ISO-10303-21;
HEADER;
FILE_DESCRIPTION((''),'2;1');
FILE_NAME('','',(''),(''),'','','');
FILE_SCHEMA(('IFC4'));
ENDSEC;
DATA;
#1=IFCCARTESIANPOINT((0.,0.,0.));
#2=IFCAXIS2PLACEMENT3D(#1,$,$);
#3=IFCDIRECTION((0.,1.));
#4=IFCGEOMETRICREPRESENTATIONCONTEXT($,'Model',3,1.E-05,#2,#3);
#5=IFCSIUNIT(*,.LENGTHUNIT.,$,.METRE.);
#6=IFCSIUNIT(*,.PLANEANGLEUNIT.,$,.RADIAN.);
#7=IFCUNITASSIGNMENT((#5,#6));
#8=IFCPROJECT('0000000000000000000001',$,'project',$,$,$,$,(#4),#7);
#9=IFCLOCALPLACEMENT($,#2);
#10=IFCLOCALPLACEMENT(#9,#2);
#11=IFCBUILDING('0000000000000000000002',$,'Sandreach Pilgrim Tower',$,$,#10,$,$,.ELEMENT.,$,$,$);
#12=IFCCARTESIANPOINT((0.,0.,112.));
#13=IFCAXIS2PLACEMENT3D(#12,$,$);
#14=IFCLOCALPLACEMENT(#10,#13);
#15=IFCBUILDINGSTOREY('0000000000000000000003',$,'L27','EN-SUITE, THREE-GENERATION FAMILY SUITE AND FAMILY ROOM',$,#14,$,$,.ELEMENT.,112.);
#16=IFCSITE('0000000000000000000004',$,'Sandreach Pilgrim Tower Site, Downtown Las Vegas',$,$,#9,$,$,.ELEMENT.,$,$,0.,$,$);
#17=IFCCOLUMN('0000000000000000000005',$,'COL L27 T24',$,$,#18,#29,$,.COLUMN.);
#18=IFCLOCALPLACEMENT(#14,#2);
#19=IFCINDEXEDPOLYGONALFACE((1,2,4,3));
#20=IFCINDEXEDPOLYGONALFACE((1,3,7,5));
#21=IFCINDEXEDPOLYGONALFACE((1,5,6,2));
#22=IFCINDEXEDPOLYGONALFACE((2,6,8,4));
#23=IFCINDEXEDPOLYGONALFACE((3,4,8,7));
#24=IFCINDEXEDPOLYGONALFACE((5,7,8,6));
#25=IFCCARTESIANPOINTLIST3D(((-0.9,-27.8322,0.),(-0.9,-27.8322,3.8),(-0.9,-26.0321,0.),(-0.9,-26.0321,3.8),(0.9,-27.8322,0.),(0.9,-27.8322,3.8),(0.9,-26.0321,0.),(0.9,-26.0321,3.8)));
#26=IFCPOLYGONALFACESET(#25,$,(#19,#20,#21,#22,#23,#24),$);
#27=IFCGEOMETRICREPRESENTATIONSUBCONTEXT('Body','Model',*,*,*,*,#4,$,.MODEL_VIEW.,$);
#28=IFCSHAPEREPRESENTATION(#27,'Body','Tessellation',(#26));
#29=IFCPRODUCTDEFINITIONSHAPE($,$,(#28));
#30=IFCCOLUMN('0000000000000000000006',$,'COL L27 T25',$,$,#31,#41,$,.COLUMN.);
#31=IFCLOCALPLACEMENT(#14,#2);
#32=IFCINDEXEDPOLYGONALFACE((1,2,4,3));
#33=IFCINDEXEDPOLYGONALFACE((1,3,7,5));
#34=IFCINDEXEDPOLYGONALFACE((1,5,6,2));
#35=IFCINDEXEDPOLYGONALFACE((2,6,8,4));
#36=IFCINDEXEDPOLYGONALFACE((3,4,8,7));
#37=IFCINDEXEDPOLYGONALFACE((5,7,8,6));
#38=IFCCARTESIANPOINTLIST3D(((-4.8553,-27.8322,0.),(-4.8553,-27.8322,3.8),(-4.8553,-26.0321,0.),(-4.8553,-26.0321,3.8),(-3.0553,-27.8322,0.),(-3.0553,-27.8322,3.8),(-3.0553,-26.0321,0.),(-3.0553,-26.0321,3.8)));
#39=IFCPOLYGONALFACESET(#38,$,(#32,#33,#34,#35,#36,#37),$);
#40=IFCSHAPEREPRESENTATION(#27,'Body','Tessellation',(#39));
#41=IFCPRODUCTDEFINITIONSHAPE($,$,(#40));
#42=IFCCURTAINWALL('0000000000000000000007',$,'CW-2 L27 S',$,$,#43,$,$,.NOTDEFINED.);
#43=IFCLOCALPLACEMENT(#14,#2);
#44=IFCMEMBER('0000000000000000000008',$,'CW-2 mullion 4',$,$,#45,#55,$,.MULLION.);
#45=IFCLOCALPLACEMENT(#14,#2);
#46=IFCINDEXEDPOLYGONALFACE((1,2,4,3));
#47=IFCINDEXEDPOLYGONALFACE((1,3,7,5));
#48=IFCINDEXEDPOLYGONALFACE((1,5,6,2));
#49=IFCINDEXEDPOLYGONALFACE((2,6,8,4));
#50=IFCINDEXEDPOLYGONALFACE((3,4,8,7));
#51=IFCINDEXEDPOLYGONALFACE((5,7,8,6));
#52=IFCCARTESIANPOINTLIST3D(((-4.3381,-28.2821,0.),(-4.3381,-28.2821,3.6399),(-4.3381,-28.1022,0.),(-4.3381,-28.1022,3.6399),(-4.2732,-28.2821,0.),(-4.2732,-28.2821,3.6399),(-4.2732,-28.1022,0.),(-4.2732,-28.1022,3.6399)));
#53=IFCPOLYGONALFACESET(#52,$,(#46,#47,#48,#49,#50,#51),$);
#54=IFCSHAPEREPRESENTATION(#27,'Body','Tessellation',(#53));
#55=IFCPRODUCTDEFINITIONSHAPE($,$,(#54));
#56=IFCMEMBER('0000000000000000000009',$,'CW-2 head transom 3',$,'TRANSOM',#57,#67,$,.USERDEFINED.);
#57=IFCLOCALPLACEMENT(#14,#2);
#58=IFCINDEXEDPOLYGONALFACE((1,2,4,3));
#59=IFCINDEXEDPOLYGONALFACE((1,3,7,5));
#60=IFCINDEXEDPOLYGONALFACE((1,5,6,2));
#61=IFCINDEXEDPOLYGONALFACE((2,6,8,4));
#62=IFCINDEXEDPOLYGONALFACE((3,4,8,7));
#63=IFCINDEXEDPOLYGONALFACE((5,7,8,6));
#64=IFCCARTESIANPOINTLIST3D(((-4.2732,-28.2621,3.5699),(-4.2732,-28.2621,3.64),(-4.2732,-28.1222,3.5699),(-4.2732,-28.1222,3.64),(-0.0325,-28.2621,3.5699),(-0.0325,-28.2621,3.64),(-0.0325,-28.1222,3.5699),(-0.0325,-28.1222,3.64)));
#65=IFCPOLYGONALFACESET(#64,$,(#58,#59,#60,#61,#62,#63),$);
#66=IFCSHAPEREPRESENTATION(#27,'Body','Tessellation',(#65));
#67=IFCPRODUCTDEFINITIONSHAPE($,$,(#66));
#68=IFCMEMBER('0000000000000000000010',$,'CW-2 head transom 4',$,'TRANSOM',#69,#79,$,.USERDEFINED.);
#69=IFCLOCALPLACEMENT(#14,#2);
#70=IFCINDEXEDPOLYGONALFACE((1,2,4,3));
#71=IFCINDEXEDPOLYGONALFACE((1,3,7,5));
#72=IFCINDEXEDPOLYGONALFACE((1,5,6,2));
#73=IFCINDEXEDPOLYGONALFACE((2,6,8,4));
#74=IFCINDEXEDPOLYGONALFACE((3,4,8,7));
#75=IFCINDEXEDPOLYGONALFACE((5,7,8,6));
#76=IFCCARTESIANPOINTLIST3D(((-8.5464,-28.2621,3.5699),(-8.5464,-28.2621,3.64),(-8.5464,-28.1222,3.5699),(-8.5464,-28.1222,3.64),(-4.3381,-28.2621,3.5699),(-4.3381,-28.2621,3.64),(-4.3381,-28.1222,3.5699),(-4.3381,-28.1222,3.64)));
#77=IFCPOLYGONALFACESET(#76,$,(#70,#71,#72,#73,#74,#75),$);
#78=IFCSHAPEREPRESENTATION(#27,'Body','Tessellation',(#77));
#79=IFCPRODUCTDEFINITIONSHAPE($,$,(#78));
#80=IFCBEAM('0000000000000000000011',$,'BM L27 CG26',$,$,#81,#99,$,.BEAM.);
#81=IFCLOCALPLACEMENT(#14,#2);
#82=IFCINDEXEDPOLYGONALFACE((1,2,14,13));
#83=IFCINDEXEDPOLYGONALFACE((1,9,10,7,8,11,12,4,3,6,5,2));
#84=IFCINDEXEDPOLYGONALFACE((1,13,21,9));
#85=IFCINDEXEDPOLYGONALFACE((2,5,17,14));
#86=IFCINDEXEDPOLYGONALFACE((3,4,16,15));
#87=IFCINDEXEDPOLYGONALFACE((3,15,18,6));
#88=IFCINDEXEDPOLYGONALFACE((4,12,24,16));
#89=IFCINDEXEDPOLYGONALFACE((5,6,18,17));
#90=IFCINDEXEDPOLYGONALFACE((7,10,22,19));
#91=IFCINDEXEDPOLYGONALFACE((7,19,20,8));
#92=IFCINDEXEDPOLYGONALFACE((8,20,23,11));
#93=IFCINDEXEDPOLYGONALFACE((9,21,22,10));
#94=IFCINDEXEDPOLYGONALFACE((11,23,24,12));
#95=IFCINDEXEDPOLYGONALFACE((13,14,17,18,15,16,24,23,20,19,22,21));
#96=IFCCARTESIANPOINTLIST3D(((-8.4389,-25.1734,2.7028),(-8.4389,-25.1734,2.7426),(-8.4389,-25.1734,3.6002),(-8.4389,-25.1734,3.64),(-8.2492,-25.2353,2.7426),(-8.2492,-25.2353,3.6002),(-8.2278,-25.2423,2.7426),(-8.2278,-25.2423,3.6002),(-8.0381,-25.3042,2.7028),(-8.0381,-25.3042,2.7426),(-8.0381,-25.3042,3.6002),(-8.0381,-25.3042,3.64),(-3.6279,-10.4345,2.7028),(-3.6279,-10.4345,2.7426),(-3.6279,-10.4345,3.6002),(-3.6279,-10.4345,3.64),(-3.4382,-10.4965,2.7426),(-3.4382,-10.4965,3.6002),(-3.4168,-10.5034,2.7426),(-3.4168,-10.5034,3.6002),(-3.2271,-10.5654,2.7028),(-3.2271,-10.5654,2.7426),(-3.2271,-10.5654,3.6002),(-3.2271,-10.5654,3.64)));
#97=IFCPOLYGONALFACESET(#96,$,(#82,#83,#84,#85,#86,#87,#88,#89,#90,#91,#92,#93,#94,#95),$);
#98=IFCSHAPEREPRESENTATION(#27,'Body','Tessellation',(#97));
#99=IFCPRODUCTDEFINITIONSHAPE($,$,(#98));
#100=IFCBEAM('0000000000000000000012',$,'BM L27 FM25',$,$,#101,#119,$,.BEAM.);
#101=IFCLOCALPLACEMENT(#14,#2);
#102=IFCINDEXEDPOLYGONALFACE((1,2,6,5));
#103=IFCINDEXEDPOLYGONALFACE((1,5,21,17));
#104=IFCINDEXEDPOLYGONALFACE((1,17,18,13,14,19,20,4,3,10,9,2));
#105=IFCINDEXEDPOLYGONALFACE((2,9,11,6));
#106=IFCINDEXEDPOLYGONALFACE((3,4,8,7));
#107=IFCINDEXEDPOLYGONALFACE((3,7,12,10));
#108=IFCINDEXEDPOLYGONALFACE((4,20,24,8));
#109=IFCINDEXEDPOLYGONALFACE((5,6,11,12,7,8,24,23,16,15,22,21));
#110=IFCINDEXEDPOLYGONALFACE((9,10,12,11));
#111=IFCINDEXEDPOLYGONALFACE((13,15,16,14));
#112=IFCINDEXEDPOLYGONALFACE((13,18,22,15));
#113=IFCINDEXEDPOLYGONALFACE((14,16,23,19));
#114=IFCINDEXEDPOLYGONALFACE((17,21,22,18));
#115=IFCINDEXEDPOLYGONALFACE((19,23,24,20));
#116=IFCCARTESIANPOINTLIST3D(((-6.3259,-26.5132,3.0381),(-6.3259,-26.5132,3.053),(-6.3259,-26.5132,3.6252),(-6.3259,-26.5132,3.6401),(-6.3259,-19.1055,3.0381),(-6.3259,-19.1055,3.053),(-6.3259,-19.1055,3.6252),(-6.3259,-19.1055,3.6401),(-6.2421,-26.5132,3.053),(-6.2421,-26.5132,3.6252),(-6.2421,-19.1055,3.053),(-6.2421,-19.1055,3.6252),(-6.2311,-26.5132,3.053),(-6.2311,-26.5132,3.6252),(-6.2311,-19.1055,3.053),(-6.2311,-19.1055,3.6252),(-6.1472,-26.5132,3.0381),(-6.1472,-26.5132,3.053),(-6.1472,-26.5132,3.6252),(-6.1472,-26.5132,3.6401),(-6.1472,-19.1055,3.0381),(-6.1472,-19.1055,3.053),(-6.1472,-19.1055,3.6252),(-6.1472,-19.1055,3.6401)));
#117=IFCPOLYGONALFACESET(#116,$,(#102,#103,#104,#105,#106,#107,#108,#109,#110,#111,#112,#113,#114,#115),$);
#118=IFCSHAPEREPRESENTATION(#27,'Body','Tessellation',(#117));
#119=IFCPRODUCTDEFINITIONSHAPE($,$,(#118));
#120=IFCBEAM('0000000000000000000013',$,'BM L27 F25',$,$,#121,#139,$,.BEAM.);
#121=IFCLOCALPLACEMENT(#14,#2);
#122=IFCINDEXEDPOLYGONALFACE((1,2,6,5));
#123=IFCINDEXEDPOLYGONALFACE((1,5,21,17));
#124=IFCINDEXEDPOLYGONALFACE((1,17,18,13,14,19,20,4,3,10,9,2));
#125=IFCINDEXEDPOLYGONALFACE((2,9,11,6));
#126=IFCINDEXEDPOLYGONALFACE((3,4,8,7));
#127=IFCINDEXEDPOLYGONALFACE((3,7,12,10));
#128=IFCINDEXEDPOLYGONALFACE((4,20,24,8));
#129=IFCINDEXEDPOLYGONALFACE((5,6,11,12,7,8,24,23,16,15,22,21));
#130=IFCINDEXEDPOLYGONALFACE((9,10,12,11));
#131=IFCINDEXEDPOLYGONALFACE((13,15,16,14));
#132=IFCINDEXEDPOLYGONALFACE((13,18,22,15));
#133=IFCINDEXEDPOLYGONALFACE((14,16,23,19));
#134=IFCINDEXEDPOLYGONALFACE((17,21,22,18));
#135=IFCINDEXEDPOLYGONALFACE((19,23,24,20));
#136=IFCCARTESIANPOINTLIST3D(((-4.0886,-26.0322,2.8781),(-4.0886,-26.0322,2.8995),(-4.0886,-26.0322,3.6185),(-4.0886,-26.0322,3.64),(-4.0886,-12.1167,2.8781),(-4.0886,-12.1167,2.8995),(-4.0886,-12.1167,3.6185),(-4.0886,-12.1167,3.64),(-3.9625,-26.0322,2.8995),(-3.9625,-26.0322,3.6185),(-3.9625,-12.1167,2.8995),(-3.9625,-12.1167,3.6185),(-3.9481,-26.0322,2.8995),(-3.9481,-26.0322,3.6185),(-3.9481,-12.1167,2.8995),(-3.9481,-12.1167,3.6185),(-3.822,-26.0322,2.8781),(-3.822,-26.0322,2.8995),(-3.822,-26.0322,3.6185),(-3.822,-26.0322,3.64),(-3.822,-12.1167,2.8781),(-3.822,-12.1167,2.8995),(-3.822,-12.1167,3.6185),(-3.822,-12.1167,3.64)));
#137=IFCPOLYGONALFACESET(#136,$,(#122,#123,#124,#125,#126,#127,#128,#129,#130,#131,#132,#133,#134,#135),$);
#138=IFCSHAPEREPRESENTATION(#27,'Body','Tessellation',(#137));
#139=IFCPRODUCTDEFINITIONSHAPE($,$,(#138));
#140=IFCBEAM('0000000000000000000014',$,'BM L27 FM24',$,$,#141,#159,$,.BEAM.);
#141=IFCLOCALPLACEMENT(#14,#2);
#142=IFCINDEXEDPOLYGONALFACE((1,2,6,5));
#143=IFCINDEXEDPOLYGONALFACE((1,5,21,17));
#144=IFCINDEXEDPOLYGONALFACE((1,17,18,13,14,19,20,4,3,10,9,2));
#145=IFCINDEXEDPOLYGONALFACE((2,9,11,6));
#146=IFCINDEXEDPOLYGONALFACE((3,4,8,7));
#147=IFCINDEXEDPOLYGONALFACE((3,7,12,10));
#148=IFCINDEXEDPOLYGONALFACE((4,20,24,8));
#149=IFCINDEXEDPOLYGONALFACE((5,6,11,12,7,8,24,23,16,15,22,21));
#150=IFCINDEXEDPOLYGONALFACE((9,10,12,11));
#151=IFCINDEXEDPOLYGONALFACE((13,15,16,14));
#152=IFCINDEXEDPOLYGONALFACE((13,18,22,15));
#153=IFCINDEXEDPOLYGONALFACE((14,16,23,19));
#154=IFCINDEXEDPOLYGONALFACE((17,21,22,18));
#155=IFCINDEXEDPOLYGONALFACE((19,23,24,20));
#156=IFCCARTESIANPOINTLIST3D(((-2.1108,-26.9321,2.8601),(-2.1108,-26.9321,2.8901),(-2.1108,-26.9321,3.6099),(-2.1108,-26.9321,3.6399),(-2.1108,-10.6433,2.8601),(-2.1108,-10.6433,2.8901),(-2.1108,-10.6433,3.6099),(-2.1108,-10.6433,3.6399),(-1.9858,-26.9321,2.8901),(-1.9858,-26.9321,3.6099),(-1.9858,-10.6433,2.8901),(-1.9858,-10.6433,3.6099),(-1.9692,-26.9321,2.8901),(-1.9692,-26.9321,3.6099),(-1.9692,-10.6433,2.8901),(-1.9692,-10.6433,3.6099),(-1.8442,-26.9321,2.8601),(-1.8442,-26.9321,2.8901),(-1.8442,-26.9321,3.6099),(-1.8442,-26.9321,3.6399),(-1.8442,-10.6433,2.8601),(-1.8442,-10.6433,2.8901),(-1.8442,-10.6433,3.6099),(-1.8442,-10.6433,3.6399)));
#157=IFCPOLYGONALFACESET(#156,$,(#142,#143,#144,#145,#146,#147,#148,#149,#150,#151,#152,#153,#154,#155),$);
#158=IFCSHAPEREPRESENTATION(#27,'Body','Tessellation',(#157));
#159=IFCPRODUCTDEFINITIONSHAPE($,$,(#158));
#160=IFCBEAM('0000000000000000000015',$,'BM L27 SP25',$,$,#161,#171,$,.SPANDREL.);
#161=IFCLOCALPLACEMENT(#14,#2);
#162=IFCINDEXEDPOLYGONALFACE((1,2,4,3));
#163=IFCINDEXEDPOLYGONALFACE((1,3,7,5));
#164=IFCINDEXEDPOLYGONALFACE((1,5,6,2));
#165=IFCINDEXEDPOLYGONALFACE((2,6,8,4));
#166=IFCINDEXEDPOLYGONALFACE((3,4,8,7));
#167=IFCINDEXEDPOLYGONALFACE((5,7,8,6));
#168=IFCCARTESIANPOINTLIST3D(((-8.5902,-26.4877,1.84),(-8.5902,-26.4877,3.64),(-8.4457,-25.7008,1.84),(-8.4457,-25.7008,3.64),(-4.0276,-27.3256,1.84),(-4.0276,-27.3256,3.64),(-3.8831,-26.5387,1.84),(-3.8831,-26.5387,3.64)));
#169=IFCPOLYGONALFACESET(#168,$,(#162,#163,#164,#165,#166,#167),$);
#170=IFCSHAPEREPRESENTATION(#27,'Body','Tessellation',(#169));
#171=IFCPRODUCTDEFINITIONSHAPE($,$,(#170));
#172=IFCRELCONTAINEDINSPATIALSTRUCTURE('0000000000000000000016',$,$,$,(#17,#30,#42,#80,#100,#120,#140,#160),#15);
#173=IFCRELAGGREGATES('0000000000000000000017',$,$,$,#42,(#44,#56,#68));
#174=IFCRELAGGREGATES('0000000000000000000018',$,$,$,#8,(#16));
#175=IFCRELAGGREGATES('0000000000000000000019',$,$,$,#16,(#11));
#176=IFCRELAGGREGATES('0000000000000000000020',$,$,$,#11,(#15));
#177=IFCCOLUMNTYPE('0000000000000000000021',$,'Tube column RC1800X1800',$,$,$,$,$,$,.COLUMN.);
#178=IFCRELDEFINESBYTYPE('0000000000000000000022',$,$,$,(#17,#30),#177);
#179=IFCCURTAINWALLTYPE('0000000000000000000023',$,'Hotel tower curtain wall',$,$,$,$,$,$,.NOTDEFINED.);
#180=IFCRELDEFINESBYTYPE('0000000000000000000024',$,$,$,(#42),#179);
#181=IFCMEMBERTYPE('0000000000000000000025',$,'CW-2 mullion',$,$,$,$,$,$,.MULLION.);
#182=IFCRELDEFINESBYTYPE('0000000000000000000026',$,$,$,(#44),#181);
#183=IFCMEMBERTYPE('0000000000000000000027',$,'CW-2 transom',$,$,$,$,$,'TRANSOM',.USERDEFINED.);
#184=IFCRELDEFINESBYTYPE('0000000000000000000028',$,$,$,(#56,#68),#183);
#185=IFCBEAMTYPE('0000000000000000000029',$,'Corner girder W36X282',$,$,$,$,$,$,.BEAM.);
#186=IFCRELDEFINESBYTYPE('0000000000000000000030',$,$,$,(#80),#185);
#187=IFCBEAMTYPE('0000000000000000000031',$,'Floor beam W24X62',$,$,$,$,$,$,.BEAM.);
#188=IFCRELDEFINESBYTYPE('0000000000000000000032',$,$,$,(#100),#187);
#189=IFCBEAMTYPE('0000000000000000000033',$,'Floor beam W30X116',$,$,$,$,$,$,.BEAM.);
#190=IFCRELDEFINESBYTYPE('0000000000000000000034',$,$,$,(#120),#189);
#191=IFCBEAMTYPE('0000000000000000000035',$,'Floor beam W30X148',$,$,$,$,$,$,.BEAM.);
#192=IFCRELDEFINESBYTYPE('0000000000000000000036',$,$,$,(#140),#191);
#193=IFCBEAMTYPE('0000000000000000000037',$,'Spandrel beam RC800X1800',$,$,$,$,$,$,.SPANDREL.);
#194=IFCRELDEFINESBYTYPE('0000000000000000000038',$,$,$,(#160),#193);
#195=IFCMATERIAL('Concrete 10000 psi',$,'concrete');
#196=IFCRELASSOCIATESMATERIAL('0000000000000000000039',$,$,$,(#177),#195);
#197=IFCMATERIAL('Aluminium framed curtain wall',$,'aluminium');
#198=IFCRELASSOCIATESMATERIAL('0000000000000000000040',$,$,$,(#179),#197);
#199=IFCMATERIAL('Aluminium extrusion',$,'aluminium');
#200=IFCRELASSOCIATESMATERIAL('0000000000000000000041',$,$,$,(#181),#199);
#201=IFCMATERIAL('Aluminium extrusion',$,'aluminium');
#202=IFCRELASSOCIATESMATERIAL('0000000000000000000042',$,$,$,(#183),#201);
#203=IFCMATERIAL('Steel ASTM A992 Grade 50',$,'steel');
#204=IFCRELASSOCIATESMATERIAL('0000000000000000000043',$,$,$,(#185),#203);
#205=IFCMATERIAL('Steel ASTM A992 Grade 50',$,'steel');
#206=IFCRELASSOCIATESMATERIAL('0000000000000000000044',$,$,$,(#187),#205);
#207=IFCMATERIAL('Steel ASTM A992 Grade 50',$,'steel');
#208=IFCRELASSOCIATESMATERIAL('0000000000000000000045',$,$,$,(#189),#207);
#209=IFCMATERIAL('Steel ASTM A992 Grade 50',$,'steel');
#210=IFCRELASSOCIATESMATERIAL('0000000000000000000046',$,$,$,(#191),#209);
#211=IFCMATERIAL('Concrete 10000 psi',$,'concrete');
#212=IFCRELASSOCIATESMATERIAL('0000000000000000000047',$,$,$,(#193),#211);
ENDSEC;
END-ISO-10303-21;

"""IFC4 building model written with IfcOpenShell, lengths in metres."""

from ifc_helpers import new_model, si_unit, direction, frame, origin, origin_2d, place, context, subcontext, project, spatial, rectangle, i_section, extrude, material, material_profile, profile_set, type_object, element, aggregate, save


model = new_model("IFC4")

# Units and contexts
model_context = context("Model", 3, precision=1e-05, world=origin(), true_north=direction((0.0, 1.0)))
body_context = subcontext(model_context, "Body", "Model", "MODEL_VIEW")
ifc_project = project(units=[si_unit("LENGTHUNIT", "METRE"), si_unit("PLANEANGLEUNIT", "RADIAN")], contexts=[model_context])

# Site, building, storey
site_placement = place(None, origin())
site = spatial("IfcSite", under=ifc_project, at=site_placement, Name="Sandreach Pilgrim Tower Site, Downtown Las Vegas", CompositionType="ELEMENT", RefElevation=0.0)
building_placement = place(site_placement, origin())
building = spatial("IfcBuilding", under=site, at=building_placement, Name="Sandreach Pilgrim Tower", CompositionType="ELEMENT")
storey_placement = place(building_placement, frame((0.0, 0.0, 112.0)))
storey = spatial("IfcBuildingStorey", under=building, at=storey_placement, Name="L27", Description="EN-SUITE, THREE-GENERATION FAMILY SUITE AND FAMILY ROOM", CompositionType="ELEMENT", Elevation=112.0)

# Columns
ifc_material_1 = material(Name="Concrete 10000 psi", Category="concrete")
ifc_material_profile_1 = material_profile(ifc_material_1, rectangle(XDim=1.8, YDim=1.8, at=origin_2d()), Name="RC1800X1800")
ifc_profile_set_1 = profile_set([ifc_material_profile_1], Name="Concrete 10000 psi")
column_type = type_object("IfcColumnType", Name="Tube column RC1800X1800", PredefinedType="COLUMN", material=ifc_profile_set_1)
for number, where, z_axis, x_axis, name in (
    (1, (0.0, -26.9321, 0.0), (0.0, 0.0, 1.0), (0.0, -1.0, 0.0), "COL L27 T24"),
    (2, (-3.9553, -26.9321, 0.0), (0.0, 0.0, 1.0), (0.0, -1.0, 0.0), "COL L27 T25"),
):
    element("IfcColumn", number, at=place(storey_placement, frame(where, z_axis=z_axis, x_axis=x_axis)), inside=storey, type_object=column_type, Name=name, PredefinedType="COLUMN", context=body_context, shape_type="SweptSolid", body=[
        extrude(rectangle(XDim=1.8, YDim=1.8, at=origin_2d()), origin(), (0.0, 0.0, 1.0), 3.8),
    ])

# Curtain wall, members
ifc_material_2 = material(Name="Aluminium framed curtain wall", Category="aluminium")
curtain_wall_type = type_object("IfcCurtainWallType", Name="Hotel tower curtain wall", PredefinedType="NOTDEFINED", material=ifc_material_2)
curtain_wall_placement = place(storey_placement, origin())
curtain_wall = element("IfcCurtainWall", 3, at=curtain_wall_placement, inside=storey, type_object=curtain_wall_type, Name="CW-2 L27 S", PredefinedType="NOTDEFINED")
ifc_material_3 = material(Name="Aluminium extrusion", Category="aluminium")
ifc_material_profile_2 = material_profile(ifc_material_3, rectangle(XDim=0.0649, YDim=0.1799, at=origin_2d()), Name="CW-2M 65X180")
ifc_profile_set_2 = profile_set([ifc_material_profile_2], Name="Aluminium extrusion")
member_type_1 = type_object("IfcMemberType", Name="CW-2 mullion", PredefinedType="MULLION", material=ifc_profile_set_2)
member_1_placement = place(storey_placement, frame((-4.3057, -28.1921, 0.0), z_axis=(0.0, 0.0, 1.0), x_axis=(-1.0, 0.0, 0.0)))
member_1 = element("IfcMember", 4, at=member_1_placement, type_object=member_type_1, Name="CW-2 mullion 4", PredefinedType="MULLION", context=body_context, shape_type="SweptSolid", body=[
    extrude(rectangle(XDim=0.0649, YDim=0.1799, at=origin_2d()), origin(), (0.0, 0.0, 1.0), 3.6399),
])
ifc_material_4 = material(Name="Aluminium extrusion", Category="aluminium")
ifc_material_profile_3 = material_profile(ifc_material_4, rectangle(XDim=0.1399, YDim=0.0701, at=origin_2d()), Name="CW-2T 140X70")
ifc_profile_set_3 = profile_set([ifc_material_profile_3], Name="Aluminium extrusion")
member_type_2 = type_object("IfcMemberType", Name="CW-2 transom", ElementType="TRANSOM", PredefinedType="USERDEFINED", material=ifc_profile_set_3)
member_2_placement = place(storey_placement, frame((-0.0325, -28.1921, 3.605), z_axis=(-1.0, 0.0, 0.0), x_axis=(0.0, -1.0, 0.0)))
member_2 = element("IfcMember", 5, at=member_2_placement, type_object=member_type_2, Name="CW-2 head transom 3", ObjectType="TRANSOM", PredefinedType="USERDEFINED", context=body_context, shape_type="SweptSolid", body=[
    extrude(rectangle(XDim=0.1399, YDim=0.0701, at=origin_2d()), origin(), (0.0, 0.0, 1.0), 4.2407),
])
member_3_placement = place(storey_placement, frame((-4.3381, -28.1921, 3.605), z_axis=(-1.0, 0.0, 0.0), x_axis=(0.0, -1.0, 0.0)))
member_3 = element("IfcMember", 6, at=member_3_placement, type_object=member_type_2, Name="CW-2 head transom 4", ObjectType="TRANSOM", PredefinedType="USERDEFINED", context=body_context, shape_type="SweptSolid", body=[
    extrude(rectangle(XDim=0.1399, YDim=0.0701, at=origin_2d()), origin(), (0.0, 0.0, 1.0), 4.2083),
])

# Beams
ifc_material_5 = material(Name="Steel ASTM A992 Grade 50", Category="steel")
ifc_material_profile_4 = material_profile(ifc_material_5, i_section(OverallWidth=0.4216, OverallDepth=0.9373, WebThickness=0.0225, FlangeThickness=0.0398, at=origin_2d()), Name="W36X282")
ifc_profile_set_4 = profile_set([ifc_material_profile_4], Name="Steel ASTM A992 Grade 50")
beam_type_1 = type_object("IfcBeamType", Name="Corner girder W36X282", PredefinedType="BEAM", material=ifc_profile_set_4)
beam_1_placement = place(storey_placement, frame((-8.2385, -25.2388, 3.1714), z_axis=(0.310307, 0.950636, 0.0), x_axis=(-0.950636, 0.310307, 0.0)))
element("IfcBeam", 7, at=beam_1_placement, inside=storey, type_object=beam_type_1, Name="BM L27 CG26", PredefinedType="BEAM", context=body_context, shape_type="SweptSolid", body=[
    extrude(i_section(OverallWidth=0.4216, OverallDepth=0.9373, WebThickness=0.0225, FlangeThickness=0.0398, at=origin_2d()), origin(), (0.0, 0.0, 1.0), 15.5042),
])
ifc_material_6 = material(Name="Steel ASTM A992 Grade 50", Category="steel")
ifc_material_profile_5 = material_profile(ifc_material_6, i_section(OverallWidth=0.1787, OverallDepth=0.6021, WebThickness=0.011, FlangeThickness=0.0149, at=origin_2d()), Name="W24X62")
ifc_profile_set_5 = profile_set([ifc_material_profile_5], Name="Steel ASTM A992 Grade 50")
beam_type_2 = type_object("IfcBeamType", Name="Floor beam W24X62", PredefinedType="BEAM", material=ifc_profile_set_5)
beam_2_placement = place(storey_placement, frame((-6.2366, -26.5132, 3.3391), z_axis=(0.0, 1.0, 0.0), x_axis=(-1.0, 0.0, 0.0)))
element("IfcBeam", 8, at=beam_2_placement, inside=storey, type_object=beam_type_2, Name="BM L27 FM25", PredefinedType="BEAM", context=body_context, shape_type="SweptSolid", body=[
    extrude(i_section(OverallWidth=0.1787, OverallDepth=0.6021, WebThickness=0.011, FlangeThickness=0.0149, at=origin_2d()), origin(), (0.0, 0.0, 1.0), 7.4077),
])
ifc_material_7 = material(Name="Steel ASTM A992 Grade 50", Category="steel")
ifc_material_profile_6 = material_profile(ifc_material_7, i_section(OverallWidth=0.2666, OverallDepth=0.762, WebThickness=0.0144, FlangeThickness=0.0215, at=origin_2d()), Name="W30X116")
ifc_profile_set_6 = profile_set([ifc_material_profile_6], Name="Steel ASTM A992 Grade 50")
beam_type_3 = type_object("IfcBeamType", Name="Floor beam W30X116", PredefinedType="BEAM", material=ifc_profile_set_6)
beam_3_placement = place(storey_placement, frame((-3.9553, -26.0322, 3.259), z_axis=(0.0, 1.0, 0.0), x_axis=(-1.0, 0.0, 0.0)))
element("IfcBeam", 9, at=beam_3_placement, inside=storey, type_object=beam_type_3, Name="BM L27 F25", PredefinedType="BEAM", context=body_context, shape_type="SweptSolid", body=[
    extrude(i_section(OverallWidth=0.2666, OverallDepth=0.762, WebThickness=0.0144, FlangeThickness=0.0215, at=origin_2d()), origin(), (0.0, 0.0, 1.0), 13.9155),
])
ifc_material_8 = material(Name="Steel ASTM A992 Grade 50", Category="steel")
ifc_material_profile_7 = material_profile(ifc_material_8, i_section(OverallWidth=0.2666, OverallDepth=0.7798, WebThickness=0.0166, FlangeThickness=0.03, at=origin_2d()), Name="W30X148")
ifc_profile_set_7 = profile_set([ifc_material_profile_7], Name="Steel ASTM A992 Grade 50")
beam_type_4 = type_object("IfcBeamType", Name="Floor beam W30X148", PredefinedType="BEAM", material=ifc_profile_set_7)
beam_4_placement = place(storey_placement, frame((-1.9775, -26.9321, 3.25), z_axis=(0.0, 1.0, 0.0), x_axis=(-1.0, 0.0, 0.0)))
element("IfcBeam", 10, at=beam_4_placement, inside=storey, type_object=beam_type_4, Name="BM L27 FM24", PredefinedType="BEAM", context=body_context, shape_type="SweptSolid", body=[
    extrude(i_section(OverallWidth=0.2666, OverallDepth=0.7798, WebThickness=0.0166, FlangeThickness=0.03, at=origin_2d()), origin(), (0.0, 0.0, 1.0), 16.2888),
])
ifc_material_9 = material(Name="Concrete 10000 psi", Category="concrete")
ifc_material_profile_8 = material_profile(ifc_material_9, rectangle(XDim=0.8, YDim=1.8, at=origin_2d()), Name="RC800X1800")
ifc_profile_set_8 = profile_set([ifc_material_profile_8], Name="Concrete 10000 psi")
beam_type_5 = type_object("IfcBeamType", Name="Spandrel beam RC800X1800", PredefinedType="SPANDREL", material=ifc_profile_set_8)
beam_5_placement = place(storey_placement, frame((-3.9553, -26.9321, 2.74), z_axis=(-0.983552, 0.180627, 0.0), x_axis=(-0.180627, -0.983552, 0.0)))
element("IfcBeam", 11, at=beam_5_placement, inside=storey, type_object=beam_type_5, Name="BM L27 SP25", PredefinedType="SPANDREL", context=body_context, shape_type="SweptSolid", body=[
    extrude(rectangle(XDim=0.8, YDim=1.8, at=origin_2d()), origin(), (0.0, 0.0, 1.0), 4.6389),
])

aggregate(curtain_wall, [member_1, member_2, member_3])

save(model, "model.ifc")
